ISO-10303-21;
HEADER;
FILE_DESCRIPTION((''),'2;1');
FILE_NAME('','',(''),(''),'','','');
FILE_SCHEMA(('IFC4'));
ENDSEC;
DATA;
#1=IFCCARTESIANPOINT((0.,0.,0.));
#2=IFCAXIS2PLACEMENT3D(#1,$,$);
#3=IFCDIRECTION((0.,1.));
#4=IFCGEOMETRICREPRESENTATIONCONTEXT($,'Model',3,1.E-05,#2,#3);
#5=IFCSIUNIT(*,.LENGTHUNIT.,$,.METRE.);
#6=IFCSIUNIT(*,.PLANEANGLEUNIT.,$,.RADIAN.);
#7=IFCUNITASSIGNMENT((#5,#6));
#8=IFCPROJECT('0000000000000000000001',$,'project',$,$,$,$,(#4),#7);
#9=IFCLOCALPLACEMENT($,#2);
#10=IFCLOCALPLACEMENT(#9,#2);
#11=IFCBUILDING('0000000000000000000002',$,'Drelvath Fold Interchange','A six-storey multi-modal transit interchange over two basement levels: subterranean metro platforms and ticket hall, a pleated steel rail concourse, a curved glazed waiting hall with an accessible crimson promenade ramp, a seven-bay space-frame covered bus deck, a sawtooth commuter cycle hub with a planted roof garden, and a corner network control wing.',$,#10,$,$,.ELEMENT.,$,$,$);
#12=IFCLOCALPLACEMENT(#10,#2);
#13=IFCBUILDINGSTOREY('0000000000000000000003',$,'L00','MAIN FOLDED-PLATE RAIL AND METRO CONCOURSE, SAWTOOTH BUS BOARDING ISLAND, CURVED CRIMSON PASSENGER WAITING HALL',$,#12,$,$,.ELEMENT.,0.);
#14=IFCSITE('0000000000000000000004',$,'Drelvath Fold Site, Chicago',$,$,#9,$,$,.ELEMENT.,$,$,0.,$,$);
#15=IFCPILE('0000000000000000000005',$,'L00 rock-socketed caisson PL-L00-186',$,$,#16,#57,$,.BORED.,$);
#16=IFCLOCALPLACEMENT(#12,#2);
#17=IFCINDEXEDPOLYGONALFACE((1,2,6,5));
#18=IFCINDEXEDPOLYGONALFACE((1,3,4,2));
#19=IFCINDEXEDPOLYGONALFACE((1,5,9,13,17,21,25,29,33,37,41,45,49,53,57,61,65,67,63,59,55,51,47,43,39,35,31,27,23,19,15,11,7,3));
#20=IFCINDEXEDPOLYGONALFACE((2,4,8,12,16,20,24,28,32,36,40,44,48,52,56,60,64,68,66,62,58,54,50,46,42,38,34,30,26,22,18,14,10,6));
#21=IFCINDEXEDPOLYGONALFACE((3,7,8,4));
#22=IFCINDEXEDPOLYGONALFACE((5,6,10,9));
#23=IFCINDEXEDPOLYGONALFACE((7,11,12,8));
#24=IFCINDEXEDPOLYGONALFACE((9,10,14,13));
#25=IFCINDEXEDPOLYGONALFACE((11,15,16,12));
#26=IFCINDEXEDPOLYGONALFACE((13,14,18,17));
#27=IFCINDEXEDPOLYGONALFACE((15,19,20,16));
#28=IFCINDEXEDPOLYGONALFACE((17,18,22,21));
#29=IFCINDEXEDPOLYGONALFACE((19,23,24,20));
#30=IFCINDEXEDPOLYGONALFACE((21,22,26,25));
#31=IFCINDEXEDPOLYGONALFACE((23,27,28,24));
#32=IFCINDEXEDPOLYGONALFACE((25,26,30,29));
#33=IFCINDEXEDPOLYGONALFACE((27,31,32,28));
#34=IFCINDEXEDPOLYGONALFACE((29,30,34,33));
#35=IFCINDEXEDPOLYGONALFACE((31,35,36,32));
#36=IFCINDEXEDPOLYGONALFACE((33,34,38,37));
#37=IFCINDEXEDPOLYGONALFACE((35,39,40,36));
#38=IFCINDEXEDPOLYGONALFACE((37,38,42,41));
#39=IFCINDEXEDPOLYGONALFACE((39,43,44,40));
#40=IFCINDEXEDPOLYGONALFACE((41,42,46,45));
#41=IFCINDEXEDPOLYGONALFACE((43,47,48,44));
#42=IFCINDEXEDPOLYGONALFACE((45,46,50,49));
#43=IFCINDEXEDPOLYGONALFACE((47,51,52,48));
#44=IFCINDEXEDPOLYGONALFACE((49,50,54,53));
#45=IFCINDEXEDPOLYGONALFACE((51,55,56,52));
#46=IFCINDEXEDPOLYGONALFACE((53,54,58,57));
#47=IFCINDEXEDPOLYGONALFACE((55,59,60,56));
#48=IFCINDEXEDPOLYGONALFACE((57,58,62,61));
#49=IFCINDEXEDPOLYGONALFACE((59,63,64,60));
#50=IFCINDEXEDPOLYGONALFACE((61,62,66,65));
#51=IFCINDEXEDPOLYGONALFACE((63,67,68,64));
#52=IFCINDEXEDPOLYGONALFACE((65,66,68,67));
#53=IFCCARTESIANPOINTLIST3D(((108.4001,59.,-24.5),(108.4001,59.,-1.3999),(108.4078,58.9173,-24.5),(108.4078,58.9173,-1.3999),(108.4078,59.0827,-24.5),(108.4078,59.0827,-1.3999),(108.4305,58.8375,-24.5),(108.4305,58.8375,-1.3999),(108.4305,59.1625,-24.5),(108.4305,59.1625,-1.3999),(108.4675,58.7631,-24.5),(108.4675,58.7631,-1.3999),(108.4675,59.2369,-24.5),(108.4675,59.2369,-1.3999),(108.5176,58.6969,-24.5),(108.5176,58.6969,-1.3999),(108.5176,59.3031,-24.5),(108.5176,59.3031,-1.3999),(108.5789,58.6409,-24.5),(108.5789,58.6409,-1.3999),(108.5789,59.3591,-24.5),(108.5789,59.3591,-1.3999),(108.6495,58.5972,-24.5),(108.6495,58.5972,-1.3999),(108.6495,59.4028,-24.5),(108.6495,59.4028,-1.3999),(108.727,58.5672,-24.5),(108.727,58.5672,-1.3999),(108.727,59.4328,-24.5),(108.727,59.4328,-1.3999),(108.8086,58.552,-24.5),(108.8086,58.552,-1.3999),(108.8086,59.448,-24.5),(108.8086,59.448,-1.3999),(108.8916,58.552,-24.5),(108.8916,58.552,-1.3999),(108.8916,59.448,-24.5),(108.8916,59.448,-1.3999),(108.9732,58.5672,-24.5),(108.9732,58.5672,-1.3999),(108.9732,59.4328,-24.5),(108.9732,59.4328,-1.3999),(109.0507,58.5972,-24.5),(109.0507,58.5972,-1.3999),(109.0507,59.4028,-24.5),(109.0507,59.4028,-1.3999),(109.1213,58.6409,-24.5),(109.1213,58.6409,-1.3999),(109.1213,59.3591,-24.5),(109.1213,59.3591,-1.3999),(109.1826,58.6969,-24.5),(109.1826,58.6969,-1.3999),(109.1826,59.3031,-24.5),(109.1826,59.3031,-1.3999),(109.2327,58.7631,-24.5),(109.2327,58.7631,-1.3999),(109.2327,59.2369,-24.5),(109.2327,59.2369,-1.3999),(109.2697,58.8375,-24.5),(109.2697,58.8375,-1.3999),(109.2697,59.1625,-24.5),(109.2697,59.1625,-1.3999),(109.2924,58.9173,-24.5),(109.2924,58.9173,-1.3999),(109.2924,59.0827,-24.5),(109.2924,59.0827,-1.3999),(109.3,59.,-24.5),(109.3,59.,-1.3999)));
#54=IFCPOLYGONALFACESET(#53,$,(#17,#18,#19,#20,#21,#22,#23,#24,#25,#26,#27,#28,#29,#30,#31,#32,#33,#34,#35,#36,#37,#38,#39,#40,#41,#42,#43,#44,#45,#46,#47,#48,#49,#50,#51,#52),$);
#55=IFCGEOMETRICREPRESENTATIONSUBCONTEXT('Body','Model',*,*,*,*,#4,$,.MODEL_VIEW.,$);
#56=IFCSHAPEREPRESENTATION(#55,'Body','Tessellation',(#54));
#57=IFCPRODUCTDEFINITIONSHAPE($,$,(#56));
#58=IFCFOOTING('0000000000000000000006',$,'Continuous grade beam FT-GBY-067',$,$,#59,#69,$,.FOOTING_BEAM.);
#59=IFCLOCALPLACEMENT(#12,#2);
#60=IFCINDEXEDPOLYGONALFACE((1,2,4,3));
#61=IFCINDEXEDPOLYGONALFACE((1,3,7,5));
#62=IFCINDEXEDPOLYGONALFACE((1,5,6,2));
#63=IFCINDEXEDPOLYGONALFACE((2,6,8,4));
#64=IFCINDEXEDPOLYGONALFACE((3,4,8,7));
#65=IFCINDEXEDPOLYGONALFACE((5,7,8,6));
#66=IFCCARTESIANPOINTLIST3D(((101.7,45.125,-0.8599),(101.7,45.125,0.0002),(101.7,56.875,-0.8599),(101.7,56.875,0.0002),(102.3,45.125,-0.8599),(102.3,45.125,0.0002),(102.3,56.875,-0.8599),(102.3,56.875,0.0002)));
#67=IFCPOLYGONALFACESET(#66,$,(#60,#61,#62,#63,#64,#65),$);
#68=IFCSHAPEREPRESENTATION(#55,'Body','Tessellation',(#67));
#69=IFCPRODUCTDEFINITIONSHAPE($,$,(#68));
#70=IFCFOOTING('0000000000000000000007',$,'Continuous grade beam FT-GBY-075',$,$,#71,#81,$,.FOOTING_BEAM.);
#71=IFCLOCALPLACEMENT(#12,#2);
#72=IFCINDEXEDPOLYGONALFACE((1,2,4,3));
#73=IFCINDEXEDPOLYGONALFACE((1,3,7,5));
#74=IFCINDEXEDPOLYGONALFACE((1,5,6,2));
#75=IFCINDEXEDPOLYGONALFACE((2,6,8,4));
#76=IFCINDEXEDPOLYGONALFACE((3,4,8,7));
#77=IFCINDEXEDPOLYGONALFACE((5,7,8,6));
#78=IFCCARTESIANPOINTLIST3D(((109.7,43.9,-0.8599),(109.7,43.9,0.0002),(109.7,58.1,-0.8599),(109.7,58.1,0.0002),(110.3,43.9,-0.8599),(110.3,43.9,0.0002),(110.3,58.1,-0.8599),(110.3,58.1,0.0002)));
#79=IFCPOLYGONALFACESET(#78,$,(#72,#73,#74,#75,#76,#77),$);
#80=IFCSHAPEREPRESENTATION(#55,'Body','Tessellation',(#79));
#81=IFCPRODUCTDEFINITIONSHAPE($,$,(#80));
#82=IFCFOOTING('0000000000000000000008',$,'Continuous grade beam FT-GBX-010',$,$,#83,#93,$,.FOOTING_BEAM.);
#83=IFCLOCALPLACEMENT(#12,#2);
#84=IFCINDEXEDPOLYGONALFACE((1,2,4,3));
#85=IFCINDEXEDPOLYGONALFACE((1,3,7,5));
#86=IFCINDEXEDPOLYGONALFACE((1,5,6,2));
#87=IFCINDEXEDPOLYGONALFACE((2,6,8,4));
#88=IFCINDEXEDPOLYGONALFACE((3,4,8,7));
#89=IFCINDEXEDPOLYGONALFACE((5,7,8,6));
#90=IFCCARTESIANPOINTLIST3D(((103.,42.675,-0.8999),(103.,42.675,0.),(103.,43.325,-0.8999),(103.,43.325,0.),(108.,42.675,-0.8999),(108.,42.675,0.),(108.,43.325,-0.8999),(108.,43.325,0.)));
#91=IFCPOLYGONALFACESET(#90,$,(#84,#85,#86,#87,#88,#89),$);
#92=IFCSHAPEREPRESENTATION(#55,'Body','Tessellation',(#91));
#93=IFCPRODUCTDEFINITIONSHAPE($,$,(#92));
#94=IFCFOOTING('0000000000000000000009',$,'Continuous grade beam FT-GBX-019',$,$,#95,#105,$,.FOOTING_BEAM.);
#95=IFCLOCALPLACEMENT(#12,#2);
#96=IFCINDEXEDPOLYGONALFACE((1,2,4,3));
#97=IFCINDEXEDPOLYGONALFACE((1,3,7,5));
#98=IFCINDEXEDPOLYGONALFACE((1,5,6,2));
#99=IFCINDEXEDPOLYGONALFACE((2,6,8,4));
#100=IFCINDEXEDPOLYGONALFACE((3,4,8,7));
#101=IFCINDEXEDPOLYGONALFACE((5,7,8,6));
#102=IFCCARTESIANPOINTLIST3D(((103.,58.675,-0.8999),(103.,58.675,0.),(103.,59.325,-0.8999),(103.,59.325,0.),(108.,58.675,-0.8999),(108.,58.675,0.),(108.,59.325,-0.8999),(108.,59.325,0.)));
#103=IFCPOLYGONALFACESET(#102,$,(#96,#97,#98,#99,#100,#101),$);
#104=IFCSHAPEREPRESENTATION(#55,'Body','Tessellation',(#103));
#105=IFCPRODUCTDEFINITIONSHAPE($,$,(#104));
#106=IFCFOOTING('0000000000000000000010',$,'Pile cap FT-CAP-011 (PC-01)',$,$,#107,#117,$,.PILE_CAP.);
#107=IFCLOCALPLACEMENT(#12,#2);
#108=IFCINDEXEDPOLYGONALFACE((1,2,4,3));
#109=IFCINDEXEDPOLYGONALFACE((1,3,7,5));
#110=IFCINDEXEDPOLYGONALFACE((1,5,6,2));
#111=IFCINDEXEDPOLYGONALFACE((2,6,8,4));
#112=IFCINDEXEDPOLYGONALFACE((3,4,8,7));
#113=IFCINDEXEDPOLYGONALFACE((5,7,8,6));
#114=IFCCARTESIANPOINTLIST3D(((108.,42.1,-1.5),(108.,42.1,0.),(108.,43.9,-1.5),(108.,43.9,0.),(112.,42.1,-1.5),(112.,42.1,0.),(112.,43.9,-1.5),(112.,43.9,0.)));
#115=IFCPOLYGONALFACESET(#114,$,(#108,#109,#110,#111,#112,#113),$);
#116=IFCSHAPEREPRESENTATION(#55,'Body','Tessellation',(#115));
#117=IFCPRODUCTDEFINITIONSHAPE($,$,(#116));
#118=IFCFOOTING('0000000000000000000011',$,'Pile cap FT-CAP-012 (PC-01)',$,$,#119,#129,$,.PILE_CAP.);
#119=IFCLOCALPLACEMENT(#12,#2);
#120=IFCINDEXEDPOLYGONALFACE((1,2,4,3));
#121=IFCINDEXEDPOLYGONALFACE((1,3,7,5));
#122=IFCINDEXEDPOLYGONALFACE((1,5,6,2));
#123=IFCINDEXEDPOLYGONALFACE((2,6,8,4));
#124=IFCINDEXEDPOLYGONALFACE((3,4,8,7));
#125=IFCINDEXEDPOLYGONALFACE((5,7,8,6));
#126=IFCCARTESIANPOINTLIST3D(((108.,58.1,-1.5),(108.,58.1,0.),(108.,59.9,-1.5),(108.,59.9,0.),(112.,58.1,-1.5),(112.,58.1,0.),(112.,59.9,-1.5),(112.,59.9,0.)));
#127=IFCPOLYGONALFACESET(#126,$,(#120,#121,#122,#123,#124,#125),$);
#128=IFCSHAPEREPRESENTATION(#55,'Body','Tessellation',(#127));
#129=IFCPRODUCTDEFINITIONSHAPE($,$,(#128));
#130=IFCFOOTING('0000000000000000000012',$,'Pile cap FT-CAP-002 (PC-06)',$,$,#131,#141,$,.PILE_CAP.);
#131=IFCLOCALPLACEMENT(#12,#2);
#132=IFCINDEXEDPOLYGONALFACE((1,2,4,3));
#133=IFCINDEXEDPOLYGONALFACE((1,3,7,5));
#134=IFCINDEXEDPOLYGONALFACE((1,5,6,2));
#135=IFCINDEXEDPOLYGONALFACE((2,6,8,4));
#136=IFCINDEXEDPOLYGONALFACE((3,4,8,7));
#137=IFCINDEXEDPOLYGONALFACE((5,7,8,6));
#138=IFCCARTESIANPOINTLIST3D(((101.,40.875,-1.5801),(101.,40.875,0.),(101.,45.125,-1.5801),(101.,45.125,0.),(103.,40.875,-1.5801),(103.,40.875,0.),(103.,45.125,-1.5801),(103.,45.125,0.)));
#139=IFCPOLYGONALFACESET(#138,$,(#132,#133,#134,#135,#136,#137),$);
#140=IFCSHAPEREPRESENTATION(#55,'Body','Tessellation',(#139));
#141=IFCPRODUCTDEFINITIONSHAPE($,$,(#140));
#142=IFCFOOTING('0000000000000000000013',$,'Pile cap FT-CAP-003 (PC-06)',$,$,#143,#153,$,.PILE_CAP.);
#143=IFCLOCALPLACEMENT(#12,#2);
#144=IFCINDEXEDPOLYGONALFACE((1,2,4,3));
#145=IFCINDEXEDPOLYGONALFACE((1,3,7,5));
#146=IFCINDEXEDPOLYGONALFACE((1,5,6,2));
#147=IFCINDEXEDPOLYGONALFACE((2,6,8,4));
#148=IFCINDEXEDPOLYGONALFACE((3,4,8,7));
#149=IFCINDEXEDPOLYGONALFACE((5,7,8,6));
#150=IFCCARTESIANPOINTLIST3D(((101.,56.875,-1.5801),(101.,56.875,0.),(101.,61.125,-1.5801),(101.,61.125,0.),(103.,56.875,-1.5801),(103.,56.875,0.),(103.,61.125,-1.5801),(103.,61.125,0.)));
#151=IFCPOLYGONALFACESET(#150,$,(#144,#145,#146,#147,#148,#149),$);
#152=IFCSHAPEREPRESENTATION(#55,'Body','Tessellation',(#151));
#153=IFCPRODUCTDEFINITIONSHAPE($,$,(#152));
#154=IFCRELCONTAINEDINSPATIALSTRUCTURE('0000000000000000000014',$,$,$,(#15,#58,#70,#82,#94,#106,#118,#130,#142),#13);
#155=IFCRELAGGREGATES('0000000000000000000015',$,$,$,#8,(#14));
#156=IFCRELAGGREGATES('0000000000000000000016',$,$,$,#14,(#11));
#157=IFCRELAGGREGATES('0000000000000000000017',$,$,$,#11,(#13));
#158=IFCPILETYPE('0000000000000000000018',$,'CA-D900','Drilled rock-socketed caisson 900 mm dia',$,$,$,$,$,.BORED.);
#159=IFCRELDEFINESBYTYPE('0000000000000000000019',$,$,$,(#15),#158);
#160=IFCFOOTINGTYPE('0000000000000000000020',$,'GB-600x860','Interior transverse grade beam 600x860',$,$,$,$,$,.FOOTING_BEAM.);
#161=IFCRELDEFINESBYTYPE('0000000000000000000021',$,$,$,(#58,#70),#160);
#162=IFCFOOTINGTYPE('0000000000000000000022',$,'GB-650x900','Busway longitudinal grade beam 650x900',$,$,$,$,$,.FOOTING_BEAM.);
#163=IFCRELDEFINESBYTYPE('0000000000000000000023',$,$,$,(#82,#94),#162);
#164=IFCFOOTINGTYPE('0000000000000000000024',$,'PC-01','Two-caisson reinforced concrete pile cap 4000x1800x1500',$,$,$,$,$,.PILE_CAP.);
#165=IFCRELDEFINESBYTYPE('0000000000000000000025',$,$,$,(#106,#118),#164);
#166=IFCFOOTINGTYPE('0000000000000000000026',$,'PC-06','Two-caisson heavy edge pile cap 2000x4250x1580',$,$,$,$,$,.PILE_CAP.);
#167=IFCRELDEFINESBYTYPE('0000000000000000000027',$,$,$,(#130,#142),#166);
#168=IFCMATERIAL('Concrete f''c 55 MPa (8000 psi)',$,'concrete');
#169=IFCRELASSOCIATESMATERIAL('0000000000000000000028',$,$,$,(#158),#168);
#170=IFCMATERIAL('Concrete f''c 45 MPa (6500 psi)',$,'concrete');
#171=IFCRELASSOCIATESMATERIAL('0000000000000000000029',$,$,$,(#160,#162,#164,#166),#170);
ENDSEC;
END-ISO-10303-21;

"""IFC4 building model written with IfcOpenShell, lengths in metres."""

from ifc_helpers import new_model, si_unit, direction, frame, origin, origin_2d, place, context, subcontext, project, spatial, rectangle, circle, extrude, material, material_profile, profile_set, type_object, element, save


model = new_model("IFC4")

# Units and contexts
model_context = context("Model", 3, precision=1e-05, world=origin(), true_north=direction((0.0, 1.0)))
body_context = subcontext(model_context, "Body", "Model", "MODEL_VIEW")
ifc_project = project(units=[si_unit("LENGTHUNIT", "METRE"), si_unit("PLANEANGLEUNIT", "RADIAN")], contexts=[model_context])

# Site, building, storey
site_placement = place(None, origin())
site = spatial("IfcSite", under=ifc_project, at=site_placement, Name="Drelvath Fold Site, Chicago", CompositionType="ELEMENT", RefElevation=0.0)
building_placement = place(site_placement, origin())
building = spatial("IfcBuilding", under=site, at=building_placement, Name="Drelvath Fold Interchange", Description="A six-storey multi-modal transit interchange over two basement levels: subterranean metro platforms and ticket hall, a pleated steel rail concourse, a curved glazed waiting hall with an accessible crimson promenade ramp, a seven-bay space-frame covered bus deck, a sawtooth commuter cycle hub with a planted roof garden, and a corner network control wing.", CompositionType="ELEMENT")
storey_placement = place(building_placement, origin())
storey = spatial("IfcBuildingStorey", under=building, at=storey_placement, Name="L00", Description="MAIN FOLDED-PLATE RAIL AND METRO CONCOURSE, SAWTOOTH BUS BOARDING ISLAND, CURVED CRIMSON PASSENGER WAITING HALL", CompositionType="ELEMENT", Elevation=0.0)

# Pile
ifc_material_1 = material(Name="Concrete f'c 55 MPa (8000 psi)", Category="concrete")
ifc_material_profile_1 = material_profile(ifc_material_1, circle(Radius=0.45, at=origin_2d()), Name="CAISSON D900")
ifc_profile_set_1 = profile_set([ifc_material_profile_1], Name="Concrete f'c 55 MPa (8000 psi)")
pile_type = type_object("IfcPileType", Name="CA-D900", Description="Drilled rock-socketed caisson 900 mm dia", PredefinedType="BORED", material=ifc_profile_set_1)
for number, where, z_axis, x_axis, name in (
    (1, (108.8501, 59.0, -1.3999), (0.0, 0.0, -1.0), (1.0, 0.0, 0.0), "L00 rock-socketed caisson PL-L00-186"),
):
    element("IfcPile", number, at=place(storey_placement, frame(where, z_axis=z_axis, x_axis=x_axis)), inside=storey, type_object=pile_type, Name=name, PredefinedType="BORED", context=body_context, shape_type="SweptSolid", body=[
        extrude(circle(Radius=0.45, at=origin_2d()), origin(), (0.0, 0.0, 1.0), 23.1001),
    ])

# Footings
ifc_material_2 = material(Name="Concrete f'c 45 MPa (6500 psi)", Category="concrete")
footing_type_1 = type_object("IfcFootingType", Name="GB-600x860", Description="Interior transverse grade beam 600x860", PredefinedType="FOOTING_BEAM", material=ifc_material_2)
footing_1_placement = place(storey_placement, frame((102.0, 51.0, -0.8599), z_axis=(0.0, 0.0, 1.0), x_axis=(1.0, 0.0, 0.0)))
element("IfcFooting", 2, at=footing_1_placement, inside=storey, type_object=footing_type_1, Name="Continuous grade beam FT-GBY-067", PredefinedType="FOOTING_BEAM", context=body_context, shape_type="SweptSolid", body=[
    extrude(rectangle(XDim=0.6001, YDim=11.75, at=origin_2d()), origin(), (0.0, 0.0, 1.0), 0.8601),
])
footing_2_placement = place(storey_placement, frame((110.0, 51.0, -0.8599), z_axis=(0.0, 0.0, 1.0), x_axis=(1.0, 0.0, 0.0)))
element("IfcFooting", 3, at=footing_2_placement, inside=storey, type_object=footing_type_1, Name="Continuous grade beam FT-GBY-075", PredefinedType="FOOTING_BEAM", context=body_context, shape_type="SweptSolid", body=[
    extrude(rectangle(XDim=0.6001, YDim=14.2, at=origin_2d()), origin(), (0.0, 0.0, 1.0), 0.8601),
])
footing_type_2 = type_object("IfcFootingType", Name="GB-650x900", Description="Busway longitudinal grade beam 650x900", PredefinedType="FOOTING_BEAM", material=ifc_material_2)
for number, where, z_axis, x_axis, name in (
    (4, (105.5, 43.0, -0.8999), (0.0, 0.0, 1.0), (1.0, 0.0, 0.0), "Continuous grade beam FT-GBX-010"),
    (5, (105.5, 59.0, -0.8999), (0.0, 0.0, 1.0), (1.0, 0.0, 0.0), "Continuous grade beam FT-GBX-019"),
):
    element("IfcFooting", number, at=place(storey_placement, frame(where, z_axis=z_axis, x_axis=x_axis)), inside=storey, type_object=footing_type_2, Name=name, PredefinedType="FOOTING_BEAM", context=body_context, shape_type="SweptSolid", body=[
        extrude(rectangle(XDim=5.0, YDim=0.6499, at=origin_2d()), origin(), (0.0, 0.0, 1.0), 0.8999),
    ])
footing_type_3 = type_object("IfcFootingType", Name="PC-01", Description="Two-caisson reinforced concrete pile cap 4000x1800x1500", PredefinedType="PILE_CAP", material=ifc_material_2)
for number, where, z_axis, x_axis, name in (
    (6, (110.0, 43.0, -1.5), (0.0, 0.0, 1.0), (1.0, 0.0, 0.0), "Pile cap FT-CAP-011 (PC-01)"),
    (7, (110.0, 59.0, -1.5), (0.0, 0.0, 1.0), (1.0, 0.0, 0.0), "Pile cap FT-CAP-012 (PC-01)"),
):
    element("IfcFooting", number, at=place(storey_placement, frame(where, z_axis=z_axis, x_axis=x_axis)), inside=storey, type_object=footing_type_3, Name=name, PredefinedType="PILE_CAP", context=body_context, shape_type="SweptSolid", body=[
        extrude(rectangle(XDim=4.0, YDim=1.8, at=origin_2d()), origin(), (0.0, 0.0, 1.0), 1.5),
    ])
footing_type_4 = type_object("IfcFootingType", Name="PC-06", Description="Two-caisson heavy edge pile cap 2000x4250x1580", PredefinedType="PILE_CAP", material=ifc_material_2)
for number, where, z_axis, x_axis, name in (
    (8, (102.0, 43.0, -1.5801), (0.0, 0.0, 1.0), (1.0, 0.0, 0.0), "Pile cap FT-CAP-002 (PC-06)"),
    (9, (102.0, 59.0, -1.5801), (0.0, 0.0, 1.0), (1.0, 0.0, 0.0), "Pile cap FT-CAP-003 (PC-06)"),
):
    element("IfcFooting", number, at=place(storey_placement, frame(where, z_axis=z_axis, x_axis=x_axis)), inside=storey, type_object=footing_type_4, Name=name, PredefinedType="PILE_CAP", context=body_context, shape_type="SweptSolid", body=[
        extrude(rectangle(XDim=2.0, YDim=4.25, at=origin_2d()), origin(), (0.0, 0.0, 1.0), 1.5801),
    ])

save(model, "model.ifc")
